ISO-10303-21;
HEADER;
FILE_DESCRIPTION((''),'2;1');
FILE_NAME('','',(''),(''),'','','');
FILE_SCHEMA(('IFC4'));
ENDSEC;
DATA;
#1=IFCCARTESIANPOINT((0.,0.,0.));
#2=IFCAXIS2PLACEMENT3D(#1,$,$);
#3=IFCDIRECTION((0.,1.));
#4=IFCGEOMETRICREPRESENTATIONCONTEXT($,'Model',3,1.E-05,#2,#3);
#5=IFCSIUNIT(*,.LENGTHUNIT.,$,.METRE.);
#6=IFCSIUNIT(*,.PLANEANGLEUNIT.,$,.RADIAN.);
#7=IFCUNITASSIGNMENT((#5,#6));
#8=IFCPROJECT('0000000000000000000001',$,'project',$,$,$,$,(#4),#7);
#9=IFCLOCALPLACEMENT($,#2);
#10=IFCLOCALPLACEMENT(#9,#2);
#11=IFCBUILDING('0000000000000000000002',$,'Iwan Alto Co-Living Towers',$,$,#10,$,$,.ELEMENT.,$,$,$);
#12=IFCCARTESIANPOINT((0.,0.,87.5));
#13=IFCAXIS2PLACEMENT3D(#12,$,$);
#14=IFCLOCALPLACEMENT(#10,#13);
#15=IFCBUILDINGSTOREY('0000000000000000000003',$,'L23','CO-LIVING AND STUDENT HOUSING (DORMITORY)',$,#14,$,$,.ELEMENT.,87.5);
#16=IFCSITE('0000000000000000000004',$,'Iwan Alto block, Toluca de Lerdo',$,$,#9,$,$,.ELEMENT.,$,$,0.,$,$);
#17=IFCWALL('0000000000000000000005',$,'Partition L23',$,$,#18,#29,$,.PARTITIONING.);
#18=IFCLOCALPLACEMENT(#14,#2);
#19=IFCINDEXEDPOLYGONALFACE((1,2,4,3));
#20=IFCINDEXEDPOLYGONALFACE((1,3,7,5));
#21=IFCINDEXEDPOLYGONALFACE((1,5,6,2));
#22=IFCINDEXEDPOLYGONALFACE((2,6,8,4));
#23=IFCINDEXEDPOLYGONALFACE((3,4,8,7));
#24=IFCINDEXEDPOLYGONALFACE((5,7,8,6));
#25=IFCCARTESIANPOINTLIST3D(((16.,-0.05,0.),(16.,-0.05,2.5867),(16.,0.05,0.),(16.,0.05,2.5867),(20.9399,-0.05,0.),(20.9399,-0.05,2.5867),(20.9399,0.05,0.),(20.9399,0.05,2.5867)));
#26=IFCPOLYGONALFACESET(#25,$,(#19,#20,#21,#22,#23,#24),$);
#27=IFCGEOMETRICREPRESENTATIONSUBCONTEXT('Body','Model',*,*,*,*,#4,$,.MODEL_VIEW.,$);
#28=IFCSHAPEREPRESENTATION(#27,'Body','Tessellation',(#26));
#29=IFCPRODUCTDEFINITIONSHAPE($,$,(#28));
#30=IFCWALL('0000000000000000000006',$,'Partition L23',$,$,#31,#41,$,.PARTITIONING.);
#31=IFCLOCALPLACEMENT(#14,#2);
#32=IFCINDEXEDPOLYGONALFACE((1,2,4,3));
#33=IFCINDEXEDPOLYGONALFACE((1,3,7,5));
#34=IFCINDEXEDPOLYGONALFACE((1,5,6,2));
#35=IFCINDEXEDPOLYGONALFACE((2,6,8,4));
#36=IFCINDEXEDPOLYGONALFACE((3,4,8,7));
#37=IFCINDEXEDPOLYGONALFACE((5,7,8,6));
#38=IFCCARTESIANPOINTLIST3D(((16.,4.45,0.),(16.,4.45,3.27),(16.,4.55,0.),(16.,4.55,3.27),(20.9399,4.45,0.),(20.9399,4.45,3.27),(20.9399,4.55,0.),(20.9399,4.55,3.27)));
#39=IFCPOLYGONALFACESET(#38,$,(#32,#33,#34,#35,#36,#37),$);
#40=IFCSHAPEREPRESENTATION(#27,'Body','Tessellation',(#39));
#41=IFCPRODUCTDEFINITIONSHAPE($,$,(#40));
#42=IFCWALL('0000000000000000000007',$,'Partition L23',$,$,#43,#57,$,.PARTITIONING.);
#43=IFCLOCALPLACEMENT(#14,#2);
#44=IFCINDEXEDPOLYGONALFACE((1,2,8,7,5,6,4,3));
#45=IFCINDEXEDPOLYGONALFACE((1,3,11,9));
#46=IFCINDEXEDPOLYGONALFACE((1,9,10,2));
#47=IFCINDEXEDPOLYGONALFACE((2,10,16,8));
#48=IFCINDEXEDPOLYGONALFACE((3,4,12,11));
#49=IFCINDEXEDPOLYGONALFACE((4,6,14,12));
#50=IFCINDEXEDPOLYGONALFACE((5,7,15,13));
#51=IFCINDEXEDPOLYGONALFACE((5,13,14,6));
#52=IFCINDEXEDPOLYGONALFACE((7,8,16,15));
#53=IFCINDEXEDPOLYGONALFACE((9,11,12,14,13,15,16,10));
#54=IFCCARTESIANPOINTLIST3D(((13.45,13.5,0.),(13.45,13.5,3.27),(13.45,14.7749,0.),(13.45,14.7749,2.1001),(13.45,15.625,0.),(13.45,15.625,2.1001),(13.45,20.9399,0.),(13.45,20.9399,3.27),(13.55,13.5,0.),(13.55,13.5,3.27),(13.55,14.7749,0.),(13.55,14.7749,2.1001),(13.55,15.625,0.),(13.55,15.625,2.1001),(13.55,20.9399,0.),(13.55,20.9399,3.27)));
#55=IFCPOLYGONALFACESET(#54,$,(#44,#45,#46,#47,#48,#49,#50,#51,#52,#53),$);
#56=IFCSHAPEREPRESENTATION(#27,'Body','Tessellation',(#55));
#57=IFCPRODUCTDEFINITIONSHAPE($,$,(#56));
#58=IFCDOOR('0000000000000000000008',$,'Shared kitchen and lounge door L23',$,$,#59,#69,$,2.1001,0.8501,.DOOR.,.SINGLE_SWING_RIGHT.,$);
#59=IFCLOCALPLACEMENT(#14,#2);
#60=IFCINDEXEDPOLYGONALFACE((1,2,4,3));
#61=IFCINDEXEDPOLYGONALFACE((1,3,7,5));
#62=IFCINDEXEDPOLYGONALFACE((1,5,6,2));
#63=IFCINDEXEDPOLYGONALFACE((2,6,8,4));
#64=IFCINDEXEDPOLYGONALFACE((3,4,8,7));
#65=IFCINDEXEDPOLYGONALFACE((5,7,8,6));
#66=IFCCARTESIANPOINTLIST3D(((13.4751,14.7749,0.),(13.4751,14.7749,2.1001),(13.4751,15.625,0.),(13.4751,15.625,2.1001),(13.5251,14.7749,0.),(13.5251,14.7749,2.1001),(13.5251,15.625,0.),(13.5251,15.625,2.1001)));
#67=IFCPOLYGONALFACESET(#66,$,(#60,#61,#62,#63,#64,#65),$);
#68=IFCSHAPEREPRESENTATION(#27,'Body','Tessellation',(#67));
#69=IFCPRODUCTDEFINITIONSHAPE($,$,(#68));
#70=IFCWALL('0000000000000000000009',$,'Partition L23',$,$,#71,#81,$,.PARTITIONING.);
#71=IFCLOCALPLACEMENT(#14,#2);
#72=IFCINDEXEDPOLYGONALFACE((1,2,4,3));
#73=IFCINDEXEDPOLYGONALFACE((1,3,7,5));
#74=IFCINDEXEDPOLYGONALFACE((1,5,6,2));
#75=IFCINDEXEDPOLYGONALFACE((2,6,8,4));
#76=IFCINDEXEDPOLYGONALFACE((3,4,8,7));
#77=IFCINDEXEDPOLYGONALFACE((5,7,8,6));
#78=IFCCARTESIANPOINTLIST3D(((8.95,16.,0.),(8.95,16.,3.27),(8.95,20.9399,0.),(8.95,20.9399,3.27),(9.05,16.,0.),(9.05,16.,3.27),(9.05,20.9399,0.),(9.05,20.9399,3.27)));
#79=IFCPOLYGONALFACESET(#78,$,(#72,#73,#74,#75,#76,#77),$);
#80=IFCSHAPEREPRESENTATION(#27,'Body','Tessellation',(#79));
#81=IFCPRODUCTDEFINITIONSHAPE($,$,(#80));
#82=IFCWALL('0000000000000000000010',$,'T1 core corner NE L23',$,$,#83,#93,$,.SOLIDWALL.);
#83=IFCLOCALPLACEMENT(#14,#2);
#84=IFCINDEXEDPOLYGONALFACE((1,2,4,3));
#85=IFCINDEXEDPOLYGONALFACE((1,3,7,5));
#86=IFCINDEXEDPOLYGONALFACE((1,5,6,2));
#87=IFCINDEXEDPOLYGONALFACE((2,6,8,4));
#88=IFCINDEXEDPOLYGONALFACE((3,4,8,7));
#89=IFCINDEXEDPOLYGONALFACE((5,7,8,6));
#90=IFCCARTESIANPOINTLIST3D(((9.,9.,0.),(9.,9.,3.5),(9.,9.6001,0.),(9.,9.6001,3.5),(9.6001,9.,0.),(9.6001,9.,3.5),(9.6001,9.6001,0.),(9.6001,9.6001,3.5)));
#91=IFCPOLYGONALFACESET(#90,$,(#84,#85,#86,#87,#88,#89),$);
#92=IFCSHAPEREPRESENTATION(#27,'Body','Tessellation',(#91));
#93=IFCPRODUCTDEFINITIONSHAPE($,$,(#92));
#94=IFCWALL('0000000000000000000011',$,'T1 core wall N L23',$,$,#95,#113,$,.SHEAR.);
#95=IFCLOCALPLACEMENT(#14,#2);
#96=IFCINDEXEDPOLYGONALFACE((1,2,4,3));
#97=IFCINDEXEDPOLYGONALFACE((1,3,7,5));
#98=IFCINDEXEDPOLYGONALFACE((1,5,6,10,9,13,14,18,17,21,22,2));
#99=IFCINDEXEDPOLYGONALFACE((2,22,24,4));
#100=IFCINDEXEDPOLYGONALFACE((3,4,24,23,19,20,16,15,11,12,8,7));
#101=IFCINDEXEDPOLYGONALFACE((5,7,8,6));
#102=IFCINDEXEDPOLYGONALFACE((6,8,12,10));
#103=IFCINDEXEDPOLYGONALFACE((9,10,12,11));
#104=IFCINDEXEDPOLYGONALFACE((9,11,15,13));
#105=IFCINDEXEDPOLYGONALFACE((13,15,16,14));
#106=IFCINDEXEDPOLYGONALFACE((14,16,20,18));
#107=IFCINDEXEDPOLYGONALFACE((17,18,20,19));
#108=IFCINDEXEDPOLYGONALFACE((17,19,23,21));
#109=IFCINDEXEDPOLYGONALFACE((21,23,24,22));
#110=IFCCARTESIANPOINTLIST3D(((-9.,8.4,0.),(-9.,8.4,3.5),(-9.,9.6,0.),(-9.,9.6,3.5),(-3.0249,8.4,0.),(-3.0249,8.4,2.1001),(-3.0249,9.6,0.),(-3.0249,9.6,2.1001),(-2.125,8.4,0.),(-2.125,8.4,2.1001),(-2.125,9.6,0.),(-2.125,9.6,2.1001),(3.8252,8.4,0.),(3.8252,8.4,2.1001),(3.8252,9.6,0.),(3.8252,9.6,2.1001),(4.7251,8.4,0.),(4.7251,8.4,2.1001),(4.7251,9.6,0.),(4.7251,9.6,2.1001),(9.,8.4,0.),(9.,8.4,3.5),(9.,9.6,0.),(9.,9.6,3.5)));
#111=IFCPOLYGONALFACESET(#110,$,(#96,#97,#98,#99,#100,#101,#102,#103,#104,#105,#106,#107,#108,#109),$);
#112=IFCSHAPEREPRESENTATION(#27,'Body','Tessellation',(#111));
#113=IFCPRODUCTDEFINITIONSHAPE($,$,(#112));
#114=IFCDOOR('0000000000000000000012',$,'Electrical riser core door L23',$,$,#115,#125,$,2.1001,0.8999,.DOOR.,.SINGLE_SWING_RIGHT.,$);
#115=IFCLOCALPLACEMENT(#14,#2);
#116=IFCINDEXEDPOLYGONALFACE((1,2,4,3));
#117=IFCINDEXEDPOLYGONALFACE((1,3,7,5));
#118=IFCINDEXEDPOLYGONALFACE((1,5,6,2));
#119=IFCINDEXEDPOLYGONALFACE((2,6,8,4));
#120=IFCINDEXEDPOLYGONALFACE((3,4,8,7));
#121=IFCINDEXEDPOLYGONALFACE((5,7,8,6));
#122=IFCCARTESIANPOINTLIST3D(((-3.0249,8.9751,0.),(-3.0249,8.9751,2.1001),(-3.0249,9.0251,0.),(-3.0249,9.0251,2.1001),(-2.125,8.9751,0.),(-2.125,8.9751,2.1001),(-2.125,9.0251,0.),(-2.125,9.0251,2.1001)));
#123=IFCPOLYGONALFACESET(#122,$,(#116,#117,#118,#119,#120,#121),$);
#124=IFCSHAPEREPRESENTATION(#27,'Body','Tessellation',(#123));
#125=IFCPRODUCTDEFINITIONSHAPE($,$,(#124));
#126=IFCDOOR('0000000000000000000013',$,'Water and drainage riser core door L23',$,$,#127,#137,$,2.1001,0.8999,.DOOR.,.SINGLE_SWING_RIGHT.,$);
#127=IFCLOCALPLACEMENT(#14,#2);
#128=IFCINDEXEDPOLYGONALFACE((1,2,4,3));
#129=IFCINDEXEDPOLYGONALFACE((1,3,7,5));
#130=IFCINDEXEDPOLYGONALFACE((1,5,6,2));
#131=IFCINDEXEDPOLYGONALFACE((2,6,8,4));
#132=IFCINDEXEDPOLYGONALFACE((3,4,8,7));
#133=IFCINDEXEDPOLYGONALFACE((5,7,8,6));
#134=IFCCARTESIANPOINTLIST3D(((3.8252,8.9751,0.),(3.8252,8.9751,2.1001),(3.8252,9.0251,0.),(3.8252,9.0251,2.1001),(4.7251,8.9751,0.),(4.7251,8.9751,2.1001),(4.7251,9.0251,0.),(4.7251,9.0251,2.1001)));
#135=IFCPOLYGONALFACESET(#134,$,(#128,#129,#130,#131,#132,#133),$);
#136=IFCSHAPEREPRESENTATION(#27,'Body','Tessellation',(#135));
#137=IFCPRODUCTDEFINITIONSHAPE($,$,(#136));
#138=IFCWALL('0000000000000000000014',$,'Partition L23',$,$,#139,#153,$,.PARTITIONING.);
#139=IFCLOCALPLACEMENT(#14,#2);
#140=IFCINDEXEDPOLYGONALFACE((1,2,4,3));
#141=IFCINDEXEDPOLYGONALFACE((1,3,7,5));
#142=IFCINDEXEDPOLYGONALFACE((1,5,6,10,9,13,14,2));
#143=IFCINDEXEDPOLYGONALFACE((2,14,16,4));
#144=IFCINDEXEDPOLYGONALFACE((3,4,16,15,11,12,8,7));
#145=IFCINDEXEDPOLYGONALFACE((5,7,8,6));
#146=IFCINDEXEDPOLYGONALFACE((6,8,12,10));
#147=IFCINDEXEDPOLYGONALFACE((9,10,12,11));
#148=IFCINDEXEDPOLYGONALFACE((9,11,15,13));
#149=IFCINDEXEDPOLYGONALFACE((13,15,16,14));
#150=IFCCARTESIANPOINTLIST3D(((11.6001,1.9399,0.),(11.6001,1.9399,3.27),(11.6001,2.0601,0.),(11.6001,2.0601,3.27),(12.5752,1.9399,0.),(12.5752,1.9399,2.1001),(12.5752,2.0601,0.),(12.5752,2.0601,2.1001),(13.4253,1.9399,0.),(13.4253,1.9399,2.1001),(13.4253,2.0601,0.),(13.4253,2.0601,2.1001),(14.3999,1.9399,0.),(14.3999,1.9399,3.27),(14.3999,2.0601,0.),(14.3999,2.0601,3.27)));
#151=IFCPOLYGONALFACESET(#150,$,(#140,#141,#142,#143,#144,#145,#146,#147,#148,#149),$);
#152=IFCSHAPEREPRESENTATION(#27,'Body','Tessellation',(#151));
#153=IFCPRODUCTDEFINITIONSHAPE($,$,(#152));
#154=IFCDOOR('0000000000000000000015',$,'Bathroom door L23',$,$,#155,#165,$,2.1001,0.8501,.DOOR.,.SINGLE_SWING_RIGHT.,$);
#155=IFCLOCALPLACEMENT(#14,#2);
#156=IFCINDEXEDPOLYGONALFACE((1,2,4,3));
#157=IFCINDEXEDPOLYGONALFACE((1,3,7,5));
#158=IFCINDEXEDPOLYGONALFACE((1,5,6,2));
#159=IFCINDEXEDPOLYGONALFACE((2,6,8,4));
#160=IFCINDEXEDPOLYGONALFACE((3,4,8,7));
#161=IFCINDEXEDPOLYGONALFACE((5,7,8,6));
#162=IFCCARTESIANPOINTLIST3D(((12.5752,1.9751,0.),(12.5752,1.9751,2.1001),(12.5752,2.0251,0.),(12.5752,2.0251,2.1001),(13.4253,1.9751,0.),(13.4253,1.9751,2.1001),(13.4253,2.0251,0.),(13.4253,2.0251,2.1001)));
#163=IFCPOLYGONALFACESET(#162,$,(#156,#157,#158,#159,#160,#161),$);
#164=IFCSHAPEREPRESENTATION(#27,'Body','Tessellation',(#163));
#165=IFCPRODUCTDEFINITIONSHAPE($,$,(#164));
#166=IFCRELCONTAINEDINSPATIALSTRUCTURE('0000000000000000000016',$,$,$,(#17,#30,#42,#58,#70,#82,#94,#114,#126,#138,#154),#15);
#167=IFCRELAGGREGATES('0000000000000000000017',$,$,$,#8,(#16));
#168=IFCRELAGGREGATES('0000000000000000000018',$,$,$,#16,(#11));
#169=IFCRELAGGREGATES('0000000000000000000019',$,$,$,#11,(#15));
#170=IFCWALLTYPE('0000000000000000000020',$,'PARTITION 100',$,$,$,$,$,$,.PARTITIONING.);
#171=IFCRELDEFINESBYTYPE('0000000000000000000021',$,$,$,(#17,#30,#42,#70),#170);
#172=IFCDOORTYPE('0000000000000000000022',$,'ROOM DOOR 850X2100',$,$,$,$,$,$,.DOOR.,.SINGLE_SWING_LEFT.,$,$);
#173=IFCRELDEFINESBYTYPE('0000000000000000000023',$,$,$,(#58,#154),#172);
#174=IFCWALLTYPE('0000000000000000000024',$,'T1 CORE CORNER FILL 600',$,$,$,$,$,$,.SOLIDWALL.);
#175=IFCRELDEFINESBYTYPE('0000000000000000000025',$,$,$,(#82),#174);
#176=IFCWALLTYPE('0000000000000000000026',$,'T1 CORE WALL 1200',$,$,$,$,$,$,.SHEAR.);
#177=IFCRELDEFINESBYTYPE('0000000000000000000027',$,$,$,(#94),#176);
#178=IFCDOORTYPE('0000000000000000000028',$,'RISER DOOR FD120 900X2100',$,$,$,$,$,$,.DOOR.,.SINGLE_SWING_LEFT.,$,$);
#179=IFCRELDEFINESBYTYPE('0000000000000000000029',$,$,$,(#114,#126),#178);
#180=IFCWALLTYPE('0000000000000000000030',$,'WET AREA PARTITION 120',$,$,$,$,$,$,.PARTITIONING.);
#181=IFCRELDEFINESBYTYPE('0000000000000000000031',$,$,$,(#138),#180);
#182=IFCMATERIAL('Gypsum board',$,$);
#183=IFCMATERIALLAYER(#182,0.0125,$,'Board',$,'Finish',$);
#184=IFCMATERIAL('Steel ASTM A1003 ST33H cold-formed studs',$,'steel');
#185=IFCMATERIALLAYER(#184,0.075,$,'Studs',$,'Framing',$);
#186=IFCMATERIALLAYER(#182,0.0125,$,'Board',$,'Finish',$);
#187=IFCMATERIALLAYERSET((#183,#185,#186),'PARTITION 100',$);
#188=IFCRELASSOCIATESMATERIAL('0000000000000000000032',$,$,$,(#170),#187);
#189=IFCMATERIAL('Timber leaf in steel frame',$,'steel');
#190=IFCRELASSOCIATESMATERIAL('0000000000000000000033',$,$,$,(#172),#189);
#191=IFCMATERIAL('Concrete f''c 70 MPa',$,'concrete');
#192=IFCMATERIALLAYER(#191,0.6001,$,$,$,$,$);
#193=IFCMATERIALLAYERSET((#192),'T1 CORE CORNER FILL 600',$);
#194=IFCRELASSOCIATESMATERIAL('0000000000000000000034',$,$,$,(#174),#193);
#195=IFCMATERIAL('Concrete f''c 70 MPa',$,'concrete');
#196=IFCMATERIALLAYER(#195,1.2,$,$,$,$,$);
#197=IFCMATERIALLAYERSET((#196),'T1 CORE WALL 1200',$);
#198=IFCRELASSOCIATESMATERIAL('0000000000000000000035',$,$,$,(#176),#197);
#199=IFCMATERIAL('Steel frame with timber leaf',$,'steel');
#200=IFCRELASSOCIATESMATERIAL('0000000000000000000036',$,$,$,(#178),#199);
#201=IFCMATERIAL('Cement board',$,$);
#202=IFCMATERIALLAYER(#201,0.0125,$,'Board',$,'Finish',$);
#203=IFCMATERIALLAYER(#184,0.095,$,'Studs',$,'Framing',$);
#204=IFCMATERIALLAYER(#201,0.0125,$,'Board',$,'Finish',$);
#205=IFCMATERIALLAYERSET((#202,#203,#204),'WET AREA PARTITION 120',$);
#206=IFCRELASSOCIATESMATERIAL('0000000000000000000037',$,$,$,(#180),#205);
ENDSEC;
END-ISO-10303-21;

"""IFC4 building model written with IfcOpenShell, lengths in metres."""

from ifc_helpers import new_model, si_unit, direction, frame, frame_2d, origin, place, context, subcontext, project, spatial, rectangle, extrude, material, layer, layer_set, type_object, element, fill, save


model = new_model("IFC4")

# Units and contexts
model_context = context("Model", 3, precision=1e-05, world=origin(), true_north=direction((0.0, 1.0)))
body_context = subcontext(model_context, "Body", "Model", "MODEL_VIEW")
ifc_project = project(units=[si_unit("LENGTHUNIT", "METRE"), si_unit("PLANEANGLEUNIT", "RADIAN")], contexts=[model_context])

# Site, building, storey
site_placement = place(None, origin())
site = spatial("IfcSite", under=ifc_project, at=site_placement, Name="Iwan Alto block, Toluca de Lerdo", CompositionType="ELEMENT", RefElevation=0.0)
building_placement = place(site_placement, origin())
building = spatial("IfcBuilding", under=site, at=building_placement, Name="Iwan Alto Co-Living Towers", CompositionType="ELEMENT")
storey_placement = place(building_placement, frame((0.0, 0.0, 87.5)))
storey = spatial("IfcBuildingStorey", under=building, at=storey_placement, Name="L23", Description="CO-LIVING AND STUDENT HOUSING (DORMITORY)", CompositionType="ELEMENT", Elevation=87.5)

# Walls
ifc_material_1 = material(Name="Gypsum board")
ifc_material_2 = material(Name="Steel ASTM A1003 ST33H cold-formed studs", Category="steel")
ifc_layer_1 = layer(ifc_material_1, 0.0125, Name="Board", Category="Finish")
ifc_layer_2 = layer(ifc_material_2, 0.075, Name="Studs", Category="Framing")
ifc_layer_3 = layer(ifc_material_1, 0.0125, Name="Board", Category="Finish")
ifc_layer_set_1 = layer_set([ifc_layer_1, ifc_layer_2, ifc_layer_3], Name="PARTITION 100")
wall_type_1 = type_object("IfcWallType", Name="PARTITION 100", PredefinedType="PARTITIONING", material=ifc_layer_set_1)
wall_1_placement = place(storey_placement, frame((16.0, 0.0, 0.0), z_axis=(0.0, 0.0, 1.0), x_axis=(1.0, 0.0, 0.0)))
element("IfcWall", 1, at=wall_1_placement, inside=storey, type_object=wall_type_1, Name="Partition L23", PredefinedType="PARTITIONING", context=body_context, shape_type="SweptSolid", body=[
    extrude(rectangle(XDim=4.9399, YDim=0.1001, at=frame_2d((2.47, 0.0))), origin(), (0.0, 0.0, 1.0), 2.5867),
])
wall_2_placement = place(storey_placement, frame((16.0, 4.5, 0.0), z_axis=(0.0, 0.0, 1.0), x_axis=(1.0, 0.0, 0.0)))
element("IfcWall", 2, at=wall_2_placement, inside=storey, type_object=wall_type_1, Name="Partition L23", PredefinedType="PARTITIONING", context=body_context, shape_type="SweptSolid", body=[
    extrude(rectangle(XDim=4.9399, YDim=0.1001, at=frame_2d((2.47, 0.0))), origin(), (0.0, 0.0, 1.0), 3.27),
])

# Wall, opening, door
wall_3_placement = place(storey_placement, frame((13.5, 13.5, 0.0), z_axis=(0.0, 0.0, 1.0), x_axis=(0.0, 1.0, 0.0)))
wall_3 = element("IfcWall", 3, at=wall_3_placement, inside=storey, type_object=wall_type_1, Name="Partition L23", PredefinedType="PARTITIONING", context=body_context, shape_type="SweptSolid", body=[
    extrude(rectangle(XDim=7.4399, YDim=0.1001, at=frame_2d((3.72, 0.0))), origin(), (0.0, 0.0, 1.0), 3.27),
])
opening_1_placement = place(wall_3_placement, frame((1.2749, 0.0, 0.0)))
opening_1 = element("IfcOpeningElement", 4, at=opening_1_placement, cuts=wall_3, PredefinedType="OPENING", context=body_context, shape_type="SweptSolid", body=[
    extrude(rectangle(XDim=0.8501, YDim=2.1001, at=frame_2d((0.425, 1.05))), frame((0.0, 0.0601, 0.0), z_axis=(0.0, -1.0, 0.0), x_axis=(1.0, 0.0, 0.0)), (0.0, 0.0, 1.0), 0.1201),
])
ifc_material_3 = material(Name="Timber leaf in steel frame", Category="steel")
door_type_1 = type_object("IfcDoorType", Name="ROOM DOOR 850X2100", OperationType="SINGLE_SWING_LEFT", PredefinedType="DOOR", material=ifc_material_3)
door_1_placement = place(opening_1_placement, origin())
door_1 = element("IfcDoor", 5, at=door_1_placement, inside=storey, type_object=door_type_1, Name="Shared kitchen and lounge door L23", OperationType="SINGLE_SWING_RIGHT", OverallHeight=2.1001, OverallWidth=0.8501, PredefinedType="DOOR", context=body_context, shape_type="SweptSolid", body=[
    extrude(rectangle(XDim=0.8501, YDim=2.1001, at=frame_2d((0.425, 1.05))), frame((0.0, 0.0249, 0.0), z_axis=(0.0, -1.0, 0.0), x_axis=(1.0, 0.0, 0.0)), (0.0, 0.0, 1.0), 0.05),
])
fill(opening_1, door_1)

# Walls
wall_4_placement = place(storey_placement, frame((9.0, 16.0, 0.0), z_axis=(0.0, 0.0, 1.0), x_axis=(0.0, 1.0, 0.0)))
element("IfcWall", 6, at=wall_4_placement, inside=storey, type_object=wall_type_1, Name="Partition L23", PredefinedType="PARTITIONING", context=body_context, shape_type="SweptSolid", body=[
    extrude(rectangle(XDim=4.9399, YDim=0.1001, at=frame_2d((2.47, 0.0))), origin(), (0.0, 0.0, 1.0), 3.27),
])
ifc_material_4 = material(Name="Concrete f'c 70 MPa", Category="concrete")
ifc_layer_4 = layer(ifc_material_4, 0.6001)
ifc_layer_set_2 = layer_set([ifc_layer_4], Name="T1 CORE CORNER FILL 600")
wall_type_2 = type_object("IfcWallType", Name="T1 CORE CORNER FILL 600", PredefinedType="SOLIDWALL", material=ifc_layer_set_2)
wall_5_placement = place(storey_placement, frame((9.0, 9.3, 0.0), z_axis=(0.0, 0.0, 1.0), x_axis=(1.0, 0.0, 0.0)))
element("IfcWall", 7, at=wall_5_placement, inside=storey, type_object=wall_type_2, Name="T1 core corner NE L23", PredefinedType="SOLIDWALL", context=body_context, shape_type="SweptSolid", body=[
    extrude(rectangle(XDim=0.6001, YDim=0.6001, at=frame_2d((0.3, 0.0))), origin(), (0.0, 0.0, 1.0), 3.5),
])

# Wall, openings, doors
ifc_material_5 = material(Name="Concrete f'c 70 MPa", Category="concrete")
ifc_layer_5 = layer(ifc_material_5, 1.2)
ifc_layer_set_3 = layer_set([ifc_layer_5], Name="T1 CORE WALL 1200")
wall_type_3 = type_object("IfcWallType", Name="T1 CORE WALL 1200", PredefinedType="SHEAR", material=ifc_layer_set_3)
wall_6_placement = place(storey_placement, frame((9.0, 9.0, 0.0), z_axis=(0.0, 0.0, 1.0), x_axis=(-1.0, 0.0, 0.0)))
wall_6 = element("IfcWall", 8, at=wall_6_placement, inside=storey, type_object=wall_type_3, Name="T1 core wall N L23", PredefinedType="SHEAR", context=body_context, shape_type="SweptSolid", body=[
    extrude(rectangle(XDim=18.0, YDim=1.2, at=frame_2d((9.0, 0.0))), origin(), (0.0, 0.0, 1.0), 3.5),
])
opening_2_placement = place(wall_6_placement, frame((11.125, 0.0, 0.0)))
opening_2 = element("IfcOpeningElement", 9, at=opening_2_placement, cuts=wall_6, PredefinedType="OPENING", context=body_context, shape_type="SweptSolid", body=[
    extrude(rectangle(XDim=0.8999, YDim=2.1001, at=frame_2d((0.45, 1.05))), frame((0.0, 0.6099, 0.0), z_axis=(0.0, -1.0, 0.0), x_axis=(1.0, 0.0, 0.0)), (0.0, 0.0, 1.0), 1.22),
])
opening_3_placement = place(wall_6_placement, frame((4.2749, 0.0, 0.0)))
opening_3 = element("IfcOpeningElement", 10, at=opening_3_placement, cuts=wall_6, PredefinedType="OPENING", context=body_context, shape_type="SweptSolid", body=[
    extrude(rectangle(XDim=0.8999, YDim=2.1001, at=frame_2d((0.45, 1.05))), frame((0.0, 0.6099, 0.0), z_axis=(0.0, -1.0, 0.0), x_axis=(1.0, 0.0, 0.0)), (0.0, 0.0, 1.0), 1.22),
])
ifc_material_6 = material(Name="Steel frame with timber leaf", Category="steel")
door_type_2 = type_object("IfcDoorType", Name="RISER DOOR FD120 900X2100", OperationType="SINGLE_SWING_LEFT", PredefinedType="DOOR", material=ifc_material_6)
door_2_placement = place(opening_2_placement, origin())
door_2 = element("IfcDoor", 11, at=door_2_placement, inside=storey, type_object=door_type_2, Name="Electrical riser core door L23", OperationType="SINGLE_SWING_RIGHT", OverallHeight=2.1001, OverallWidth=0.8999, PredefinedType="DOOR", context=body_context, shape_type="SweptSolid", body=[
    extrude(rectangle(XDim=0.8999, YDim=2.1001, at=frame_2d((0.45, 1.05))), frame((0.0, 0.0249, 0.0), z_axis=(0.0, -1.0, 0.0), x_axis=(1.0, 0.0, 0.0)), (0.0, 0.0, 1.0), 0.05),
])
fill(opening_2, door_2)
door_3_placement = place(opening_3_placement, origin())
door_3 = element("IfcDoor", 12, at=door_3_placement, inside=storey, type_object=door_type_2, Name="Water and drainage riser core door L23", OperationType="SINGLE_SWING_RIGHT", OverallHeight=2.1001, OverallWidth=0.8999, PredefinedType="DOOR", context=body_context, shape_type="SweptSolid", body=[
    extrude(rectangle(XDim=0.8999, YDim=2.1001, at=frame_2d((0.45, 1.05))), frame((0.0, 0.0249, 0.0), z_axis=(0.0, -1.0, 0.0), x_axis=(1.0, 0.0, 0.0)), (0.0, 0.0, 1.0), 0.05),
])
fill(opening_3, door_3)

# Wall, opening, door
ifc_material_7 = material(Name="Cement board")
ifc_layer_6 = layer(ifc_material_7, 0.0125, Name="Board", Category="Finish")
ifc_layer_7 = layer(ifc_material_2, 0.095, Name="Studs", Category="Framing")
ifc_layer_8 = layer(ifc_material_7, 0.0125, Name="Board", Category="Finish")
ifc_layer_set_4 = layer_set([ifc_layer_6, ifc_layer_7, ifc_layer_8], Name="WET AREA PARTITION 120")
wall_type_4 = type_object("IfcWallType", Name="WET AREA PARTITION 120", PredefinedType="PARTITIONING", material=ifc_layer_set_4)
wall_7_placement = place(storey_placement, frame((11.6001, 2.0, 0.0), z_axis=(0.0, 0.0, 1.0), x_axis=(1.0, 0.0, 0.0)))
wall_7 = element("IfcWall", 13, at=wall_7_placement, inside=storey, type_object=wall_type_4, Name="Partition L23", PredefinedType="PARTITIONING", context=body_context, shape_type="SweptSolid", body=[
    extrude(rectangle(XDim=2.7998, YDim=0.1201, at=frame_2d((1.3999, 0.0))), origin(), (0.0, 0.0, 1.0), 3.27),
])
opening_4_placement = place(wall_7_placement, frame((0.9751, 0.0, 0.0)))
opening_4 = element("IfcOpeningElement", 14, at=opening_4_placement, cuts=wall_7, PredefinedType="OPENING", context=body_context, shape_type="SweptSolid", body=[
    extrude(rectangle(XDim=0.8501, YDim=2.1001, at=frame_2d((0.425, 1.05))), frame((0.0, 0.0701, 0.0), z_axis=(0.0, -1.0, 0.0), x_axis=(1.0, 0.0, 0.0)), (0.0, 0.0, 1.0), 0.1401),
])
door_4_placement = place(opening_4_placement, frame((0.8501, 0.0, 0.0), z_axis=(0.0, 0.0, 1.0), x_axis=(-1.0, 0.0, 0.0)))
door_4 = element("IfcDoor", 15, at=door_4_placement, inside=storey, type_object=door_type_1, Name="Bathroom door L23", OperationType="SINGLE_SWING_RIGHT", OverallHeight=2.1001, OverallWidth=0.8501, PredefinedType="DOOR", context=body_context, shape_type="SweptSolid", body=[
    extrude(rectangle(XDim=0.8501, YDim=2.1001, at=frame_2d((0.425, 1.05))), frame((0.0, 0.0249, 0.0), z_axis=(0.0, -1.0, 0.0), x_axis=(1.0, 0.0, 0.0)), (0.0, 0.0, 1.0), 0.05),
])
fill(opening_4, door_4)

save(model, "model.ifc")
